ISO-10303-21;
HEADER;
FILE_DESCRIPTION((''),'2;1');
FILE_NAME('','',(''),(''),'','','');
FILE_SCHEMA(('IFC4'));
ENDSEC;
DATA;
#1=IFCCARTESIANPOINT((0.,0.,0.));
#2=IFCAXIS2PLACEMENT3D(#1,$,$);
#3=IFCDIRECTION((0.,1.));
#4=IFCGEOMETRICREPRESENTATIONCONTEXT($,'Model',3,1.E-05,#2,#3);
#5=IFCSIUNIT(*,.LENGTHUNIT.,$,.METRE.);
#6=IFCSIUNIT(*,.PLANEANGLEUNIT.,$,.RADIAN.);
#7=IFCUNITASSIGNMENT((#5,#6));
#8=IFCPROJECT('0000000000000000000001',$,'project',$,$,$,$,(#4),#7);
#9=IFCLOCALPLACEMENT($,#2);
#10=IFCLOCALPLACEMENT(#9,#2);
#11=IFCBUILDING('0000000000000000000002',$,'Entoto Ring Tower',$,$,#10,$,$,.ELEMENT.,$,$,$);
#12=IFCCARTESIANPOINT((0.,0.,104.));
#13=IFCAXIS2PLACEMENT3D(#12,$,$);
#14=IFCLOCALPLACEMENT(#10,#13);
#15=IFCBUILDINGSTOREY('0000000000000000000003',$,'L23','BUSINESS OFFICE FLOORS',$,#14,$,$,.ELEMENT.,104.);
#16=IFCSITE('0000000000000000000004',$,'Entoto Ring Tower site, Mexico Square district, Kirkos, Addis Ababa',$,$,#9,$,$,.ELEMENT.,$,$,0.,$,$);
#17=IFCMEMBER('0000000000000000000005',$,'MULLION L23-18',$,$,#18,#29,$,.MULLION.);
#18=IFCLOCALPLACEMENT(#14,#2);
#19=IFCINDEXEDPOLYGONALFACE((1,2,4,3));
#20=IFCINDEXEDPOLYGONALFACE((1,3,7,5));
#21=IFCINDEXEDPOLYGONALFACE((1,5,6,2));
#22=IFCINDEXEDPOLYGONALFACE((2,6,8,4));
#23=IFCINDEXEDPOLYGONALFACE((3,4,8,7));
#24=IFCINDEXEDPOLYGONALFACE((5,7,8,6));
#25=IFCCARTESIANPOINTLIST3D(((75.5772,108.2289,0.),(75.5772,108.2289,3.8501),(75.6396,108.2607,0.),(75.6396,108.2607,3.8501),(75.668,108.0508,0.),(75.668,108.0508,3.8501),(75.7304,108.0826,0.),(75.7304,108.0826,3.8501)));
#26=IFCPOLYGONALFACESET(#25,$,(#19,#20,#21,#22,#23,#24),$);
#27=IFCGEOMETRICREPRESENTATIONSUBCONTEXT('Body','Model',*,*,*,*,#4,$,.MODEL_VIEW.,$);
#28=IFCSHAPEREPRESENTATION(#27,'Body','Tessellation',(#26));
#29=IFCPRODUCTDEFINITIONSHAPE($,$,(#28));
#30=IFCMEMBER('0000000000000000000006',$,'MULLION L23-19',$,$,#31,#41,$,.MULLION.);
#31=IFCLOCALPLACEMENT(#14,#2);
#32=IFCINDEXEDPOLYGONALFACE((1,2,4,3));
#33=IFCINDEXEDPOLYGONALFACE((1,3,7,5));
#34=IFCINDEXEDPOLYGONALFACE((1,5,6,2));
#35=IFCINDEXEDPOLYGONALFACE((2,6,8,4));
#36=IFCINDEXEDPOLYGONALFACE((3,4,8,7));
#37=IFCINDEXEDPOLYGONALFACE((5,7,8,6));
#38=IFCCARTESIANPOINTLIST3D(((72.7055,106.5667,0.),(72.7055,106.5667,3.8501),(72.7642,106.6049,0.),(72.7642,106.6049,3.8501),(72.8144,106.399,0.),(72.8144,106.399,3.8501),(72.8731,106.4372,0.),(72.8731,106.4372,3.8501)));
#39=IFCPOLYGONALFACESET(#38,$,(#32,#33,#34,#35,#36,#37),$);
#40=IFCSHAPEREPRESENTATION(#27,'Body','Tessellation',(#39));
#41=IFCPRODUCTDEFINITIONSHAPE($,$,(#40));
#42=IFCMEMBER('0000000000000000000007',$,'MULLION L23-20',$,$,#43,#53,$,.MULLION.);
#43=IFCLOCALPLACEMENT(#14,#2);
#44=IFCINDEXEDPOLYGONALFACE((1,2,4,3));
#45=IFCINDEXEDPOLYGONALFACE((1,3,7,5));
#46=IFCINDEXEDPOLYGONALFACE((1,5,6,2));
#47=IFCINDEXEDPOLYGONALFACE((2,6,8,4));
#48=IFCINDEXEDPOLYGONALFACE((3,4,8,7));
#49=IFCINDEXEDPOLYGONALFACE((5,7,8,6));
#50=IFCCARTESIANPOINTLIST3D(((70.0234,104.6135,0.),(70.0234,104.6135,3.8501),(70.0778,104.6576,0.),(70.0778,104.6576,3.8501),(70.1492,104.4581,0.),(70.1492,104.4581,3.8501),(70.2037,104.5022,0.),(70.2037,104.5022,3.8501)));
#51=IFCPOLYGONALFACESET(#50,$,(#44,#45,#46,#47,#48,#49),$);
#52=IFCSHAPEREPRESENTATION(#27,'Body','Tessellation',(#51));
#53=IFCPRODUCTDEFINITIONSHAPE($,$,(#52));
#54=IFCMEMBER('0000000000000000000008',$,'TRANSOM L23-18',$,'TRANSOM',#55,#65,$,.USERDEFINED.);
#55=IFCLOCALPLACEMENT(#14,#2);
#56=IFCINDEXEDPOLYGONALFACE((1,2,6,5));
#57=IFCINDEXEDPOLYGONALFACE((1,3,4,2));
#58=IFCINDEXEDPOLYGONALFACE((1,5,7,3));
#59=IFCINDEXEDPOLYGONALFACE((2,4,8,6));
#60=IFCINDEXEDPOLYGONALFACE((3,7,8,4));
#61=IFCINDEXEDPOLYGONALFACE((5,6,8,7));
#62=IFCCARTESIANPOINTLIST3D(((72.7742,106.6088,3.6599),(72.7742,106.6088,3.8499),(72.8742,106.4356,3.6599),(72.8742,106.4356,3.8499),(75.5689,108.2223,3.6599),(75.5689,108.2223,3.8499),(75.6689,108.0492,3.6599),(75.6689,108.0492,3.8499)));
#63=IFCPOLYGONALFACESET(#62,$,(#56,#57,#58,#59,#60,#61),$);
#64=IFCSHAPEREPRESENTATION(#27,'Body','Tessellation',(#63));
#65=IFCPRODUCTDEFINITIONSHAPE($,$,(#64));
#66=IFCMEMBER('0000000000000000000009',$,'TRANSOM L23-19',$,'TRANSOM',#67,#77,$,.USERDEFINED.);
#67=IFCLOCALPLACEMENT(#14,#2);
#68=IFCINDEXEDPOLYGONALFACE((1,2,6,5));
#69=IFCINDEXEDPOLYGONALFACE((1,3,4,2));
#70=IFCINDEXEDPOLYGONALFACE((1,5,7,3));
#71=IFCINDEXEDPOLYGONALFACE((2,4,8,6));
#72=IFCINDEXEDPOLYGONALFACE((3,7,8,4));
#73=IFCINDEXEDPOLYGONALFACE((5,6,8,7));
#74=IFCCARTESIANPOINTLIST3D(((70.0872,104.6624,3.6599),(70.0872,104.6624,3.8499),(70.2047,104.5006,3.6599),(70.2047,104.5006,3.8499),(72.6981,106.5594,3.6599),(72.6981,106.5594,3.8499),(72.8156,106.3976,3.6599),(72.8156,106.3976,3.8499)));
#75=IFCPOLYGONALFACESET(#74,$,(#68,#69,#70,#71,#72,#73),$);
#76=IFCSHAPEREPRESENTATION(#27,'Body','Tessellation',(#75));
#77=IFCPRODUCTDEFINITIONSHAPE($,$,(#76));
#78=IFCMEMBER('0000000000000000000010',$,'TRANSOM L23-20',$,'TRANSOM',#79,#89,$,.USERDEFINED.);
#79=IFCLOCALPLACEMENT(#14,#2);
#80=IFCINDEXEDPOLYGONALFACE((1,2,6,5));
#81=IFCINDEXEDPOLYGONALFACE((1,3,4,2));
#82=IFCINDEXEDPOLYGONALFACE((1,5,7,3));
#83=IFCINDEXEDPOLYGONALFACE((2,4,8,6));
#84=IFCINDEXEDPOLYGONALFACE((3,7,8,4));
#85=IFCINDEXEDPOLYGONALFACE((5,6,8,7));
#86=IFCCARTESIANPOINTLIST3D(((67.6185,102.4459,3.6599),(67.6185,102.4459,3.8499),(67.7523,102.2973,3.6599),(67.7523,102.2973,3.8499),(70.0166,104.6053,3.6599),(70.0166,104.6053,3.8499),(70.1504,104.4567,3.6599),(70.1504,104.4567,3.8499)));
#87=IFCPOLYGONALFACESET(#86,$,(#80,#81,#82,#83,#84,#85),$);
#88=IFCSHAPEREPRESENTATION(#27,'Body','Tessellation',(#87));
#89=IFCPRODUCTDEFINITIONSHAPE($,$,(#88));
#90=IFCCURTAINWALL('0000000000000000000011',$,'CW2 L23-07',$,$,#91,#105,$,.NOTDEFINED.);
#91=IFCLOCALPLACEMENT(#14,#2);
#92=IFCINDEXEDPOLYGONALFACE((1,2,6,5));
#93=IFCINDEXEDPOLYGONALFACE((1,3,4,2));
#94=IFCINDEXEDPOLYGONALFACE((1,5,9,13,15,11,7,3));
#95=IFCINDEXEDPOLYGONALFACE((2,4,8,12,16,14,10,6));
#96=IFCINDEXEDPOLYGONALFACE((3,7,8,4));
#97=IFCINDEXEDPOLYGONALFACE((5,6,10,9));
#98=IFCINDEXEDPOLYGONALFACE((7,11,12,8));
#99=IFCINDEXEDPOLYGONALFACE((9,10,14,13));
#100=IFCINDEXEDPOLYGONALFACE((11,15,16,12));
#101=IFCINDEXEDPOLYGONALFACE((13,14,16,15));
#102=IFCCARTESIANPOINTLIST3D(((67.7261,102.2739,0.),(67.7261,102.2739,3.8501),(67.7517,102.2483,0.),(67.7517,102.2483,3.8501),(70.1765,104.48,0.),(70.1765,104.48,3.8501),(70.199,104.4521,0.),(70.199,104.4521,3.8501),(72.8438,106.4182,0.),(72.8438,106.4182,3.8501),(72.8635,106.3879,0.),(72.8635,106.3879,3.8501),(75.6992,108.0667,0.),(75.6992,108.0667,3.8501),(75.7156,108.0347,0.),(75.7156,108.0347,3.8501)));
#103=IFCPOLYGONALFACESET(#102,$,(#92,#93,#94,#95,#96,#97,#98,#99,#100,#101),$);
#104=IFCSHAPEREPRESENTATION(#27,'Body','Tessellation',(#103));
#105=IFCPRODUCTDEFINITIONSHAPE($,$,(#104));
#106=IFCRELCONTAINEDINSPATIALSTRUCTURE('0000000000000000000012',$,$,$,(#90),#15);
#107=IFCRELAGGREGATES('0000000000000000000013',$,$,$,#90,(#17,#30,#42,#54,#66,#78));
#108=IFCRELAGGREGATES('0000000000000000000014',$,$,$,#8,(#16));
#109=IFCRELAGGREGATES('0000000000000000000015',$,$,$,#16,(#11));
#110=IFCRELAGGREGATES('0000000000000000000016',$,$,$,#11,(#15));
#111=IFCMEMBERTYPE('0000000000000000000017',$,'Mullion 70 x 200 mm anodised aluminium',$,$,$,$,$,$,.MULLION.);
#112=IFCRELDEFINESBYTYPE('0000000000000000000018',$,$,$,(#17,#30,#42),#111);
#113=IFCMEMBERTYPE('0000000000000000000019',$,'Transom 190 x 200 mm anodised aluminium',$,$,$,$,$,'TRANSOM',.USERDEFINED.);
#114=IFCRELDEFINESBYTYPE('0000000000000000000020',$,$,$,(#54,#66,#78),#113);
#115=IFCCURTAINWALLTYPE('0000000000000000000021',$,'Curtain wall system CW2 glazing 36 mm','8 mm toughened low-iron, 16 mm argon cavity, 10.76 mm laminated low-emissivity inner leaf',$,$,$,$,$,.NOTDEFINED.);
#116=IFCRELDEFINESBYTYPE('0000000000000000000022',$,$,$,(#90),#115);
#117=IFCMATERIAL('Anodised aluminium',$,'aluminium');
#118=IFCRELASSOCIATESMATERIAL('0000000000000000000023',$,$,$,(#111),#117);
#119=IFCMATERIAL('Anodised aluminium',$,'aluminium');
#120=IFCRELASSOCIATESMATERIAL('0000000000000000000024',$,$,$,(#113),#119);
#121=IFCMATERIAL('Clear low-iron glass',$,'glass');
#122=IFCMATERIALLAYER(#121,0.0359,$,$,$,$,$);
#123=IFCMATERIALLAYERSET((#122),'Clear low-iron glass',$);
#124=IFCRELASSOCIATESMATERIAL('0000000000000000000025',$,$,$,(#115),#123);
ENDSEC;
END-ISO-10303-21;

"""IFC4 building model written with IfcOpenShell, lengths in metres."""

from ifc_helpers import new_model, si_unit, direction, frame, origin, origin_2d, place, context, subcontext, project, spatial, polyline, rectangle, outline, extrude, material, layer, layer_set, material_profile, profile_set, type_object, element, aggregate, save


model = new_model("IFC4")

# Units and contexts
model_context = context("Model", 3, precision=1e-05, world=origin(), true_north=direction((0.0, 1.0)))
body_context = subcontext(model_context, "Body", "Model", "MODEL_VIEW")
ifc_project = project(units=[si_unit("LENGTHUNIT", "METRE"), si_unit("PLANEANGLEUNIT", "RADIAN")], contexts=[model_context])

# Members
ifc_material_1 = material(Name="Anodised aluminium", Category="aluminium")
ifc_material_profile_1 = material_profile(ifc_material_1, rectangle(XDim=0.0701, YDim=0.2, at=origin_2d()), Name="Mullion 70 x 200 mm anodised aluminium")
ifc_profile_set_1 = profile_set([ifc_material_profile_1], Name="Anodised aluminium")
member_type_1 = type_object("IfcMemberType", Name="Mullion 70 x 200 mm anodised aluminium", PredefinedType="MULLION", material=ifc_profile_set_1)
site_placement = place(None, origin())
building_placement = place(site_placement, origin())
storey_placement = place(building_placement, frame((0.0, 0.0, 104.0)))
member_1_placement = place(storey_placement, frame((75.6538, 108.1558, 0.0), z_axis=(0.0, 0.0, 1.0), x_axis=(-0.891007, -0.45399, 0.0)))
member_1 = element("IfcMember", 1, at=member_1_placement, type_object=member_type_1, Name="MULLION L23-18", PredefinedType="MULLION", context=body_context, shape_type="SweptSolid", body=[
    extrude(rectangle(XDim=0.0701, YDim=0.2, at=origin_2d()), origin(), (0.0, 0.0, 1.0), 3.8501),
])
member_2_placement = place(storey_placement, frame((72.7893, 106.502, 0.0), z_axis=(0.0, 0.0, 1.0), x_axis=(-0.838671, -0.544639, 0.0)))
member_2 = element("IfcMember", 2, at=member_2_placement, type_object=member_type_1, Name="MULLION L23-19", PredefinedType="MULLION", context=body_context, shape_type="SweptSolid", body=[
    extrude(rectangle(XDim=0.0701, YDim=0.2, at=origin_2d()), origin(), (0.0, 0.0, 1.0), 3.8501),
])
member_3_placement = place(storey_placement, frame((70.1135, 104.5579, 0.0), z_axis=(0.0, 0.0, 1.0), x_axis=(-0.777146, -0.62932, 0.0)))
member_3 = element("IfcMember", 3, at=member_3_placement, type_object=member_type_1, Name="MULLION L23-20", PredefinedType="MULLION", context=body_context, shape_type="SweptSolid", body=[
    extrude(rectangle(XDim=0.0701, YDim=0.2, at=origin_2d()), origin(), (0.0, 0.0, 1.0), 3.8501),
])
ifc_material_2 = material(Name="Anodised aluminium", Category="aluminium")
ifc_material_profile_2 = material_profile(ifc_material_2, rectangle(XDim=0.2, YDim=0.1899, at=origin_2d()), Name="Transom 190 x 200 mm anodised aluminium")
ifc_profile_set_2 = profile_set([ifc_material_profile_2], Name="Anodised aluminium")
member_type_2 = type_object("IfcMemberType", Name="Transom 190 x 200 mm anodised aluminium", ElementType="TRANSOM", PredefinedType="USERDEFINED", material=ifc_profile_set_2)
member_4_placement = place(storey_placement, frame((75.6189, 108.1357, 3.7549), z_axis=(-0.866023, -0.500004, 0.0), x_axis=(0.500004, -0.866023, 0.0)))
member_4 = element("IfcMember", 4, at=member_4_placement, type_object=member_type_2, Name="TRANSOM L23-18", ObjectType="TRANSOM", PredefinedType="USERDEFINED", context=body_context, shape_type="SweptSolid", body=[
    extrude(rectangle(XDim=0.2, YDim=0.1899, at=origin_2d()), origin(), (0.0, 0.0, 1.0), 3.2271),
])
member_5_placement = place(storey_placement, frame((72.7568, 106.4785, 3.7549), z_axis=(-0.809004, -0.587803, 0.0), x_axis=(0.587803, -0.809004, 0.0)))
member_5 = element("IfcMember", 5, at=member_5_placement, type_object=member_type_2, Name="TRANSOM L23-19", ObjectType="TRANSOM", PredefinedType="USERDEFINED", context=body_context, shape_type="SweptSolid", body=[
    extrude(rectangle(XDim=0.2, YDim=0.1899, at=origin_2d()), origin(), (0.0, 0.0, 1.0), 3.2273),
])
member_6_placement = place(storey_placement, frame((70.0835, 104.531, 3.7549), z_axis=(-0.743132, -0.669144, 0.0), x_axis=(0.669144, -0.743132, 0.0)))
member_6 = element("IfcMember", 6, at=member_6_placement, type_object=member_type_2, Name="TRANSOM L23-20", ObjectType="TRANSOM", PredefinedType="USERDEFINED", context=body_context, shape_type="SweptSolid", body=[
    extrude(rectangle(XDim=0.2, YDim=0.1899, at=origin_2d()), origin(), (0.0, 0.0, 1.0), 3.2271),
])

# Site, building, storey
site = spatial("IfcSite", under=ifc_project, at=site_placement, Name="Entoto Ring Tower site, Mexico Square district, Kirkos, Addis Ababa", CompositionType="ELEMENT", RefElevation=0.0)
building = spatial("IfcBuilding", under=site, at=building_placement, Name="Entoto Ring Tower", CompositionType="ELEMENT")
storey = spatial("IfcBuildingStorey", under=building, at=storey_placement, Name="L23", Description="BUSINESS OFFICE FLOORS", CompositionType="ELEMENT", Elevation=104.0)

# Curtain wall
ifc_material_3 = material(Name="Clear low-iron glass", Category="glass")
ifc_layer = layer(ifc_material_3, 0.0359)
ifc_layer_set = layer_set([ifc_layer], Name="Clear low-iron glass")
curtain_wall_type = type_object("IfcCurtainWallType", Name="Curtain wall system CW2 glazing 36 mm", Description="8 mm toughened low-iron, 16 mm argon cavity, 10.76 mm laminated low-emissivity inner leaf", PredefinedType="NOTDEFINED", material=ifc_layer_set)
curtain_wall_1_placement = place(storey_placement, origin())
curtain_wall_1 = element("IfcCurtainWall", 7, at=curtain_wall_1_placement, inside=storey, type_object=curtain_wall_type, Name="CW2 L23-07", PredefinedType="NOTDEFINED", context=body_context, shape_type="SweptSolid", body=[
    extrude(outline(polyline([(75.6992, 108.0667), (72.8438, 106.4182), (70.1765, 104.48), (67.7261, 102.2739), (67.7517, 102.2483), (70.199, 104.4521), (72.8635, 106.3879), (75.7156, 108.0347), (75.6992, 108.0667)])), origin(), (0.0, 0.0, 1.0), 3.8501),
])
aggregate(curtain_wall_1, [member_1, member_2, member_3, member_4, member_5, member_6])

save(model, "model.ifc")
